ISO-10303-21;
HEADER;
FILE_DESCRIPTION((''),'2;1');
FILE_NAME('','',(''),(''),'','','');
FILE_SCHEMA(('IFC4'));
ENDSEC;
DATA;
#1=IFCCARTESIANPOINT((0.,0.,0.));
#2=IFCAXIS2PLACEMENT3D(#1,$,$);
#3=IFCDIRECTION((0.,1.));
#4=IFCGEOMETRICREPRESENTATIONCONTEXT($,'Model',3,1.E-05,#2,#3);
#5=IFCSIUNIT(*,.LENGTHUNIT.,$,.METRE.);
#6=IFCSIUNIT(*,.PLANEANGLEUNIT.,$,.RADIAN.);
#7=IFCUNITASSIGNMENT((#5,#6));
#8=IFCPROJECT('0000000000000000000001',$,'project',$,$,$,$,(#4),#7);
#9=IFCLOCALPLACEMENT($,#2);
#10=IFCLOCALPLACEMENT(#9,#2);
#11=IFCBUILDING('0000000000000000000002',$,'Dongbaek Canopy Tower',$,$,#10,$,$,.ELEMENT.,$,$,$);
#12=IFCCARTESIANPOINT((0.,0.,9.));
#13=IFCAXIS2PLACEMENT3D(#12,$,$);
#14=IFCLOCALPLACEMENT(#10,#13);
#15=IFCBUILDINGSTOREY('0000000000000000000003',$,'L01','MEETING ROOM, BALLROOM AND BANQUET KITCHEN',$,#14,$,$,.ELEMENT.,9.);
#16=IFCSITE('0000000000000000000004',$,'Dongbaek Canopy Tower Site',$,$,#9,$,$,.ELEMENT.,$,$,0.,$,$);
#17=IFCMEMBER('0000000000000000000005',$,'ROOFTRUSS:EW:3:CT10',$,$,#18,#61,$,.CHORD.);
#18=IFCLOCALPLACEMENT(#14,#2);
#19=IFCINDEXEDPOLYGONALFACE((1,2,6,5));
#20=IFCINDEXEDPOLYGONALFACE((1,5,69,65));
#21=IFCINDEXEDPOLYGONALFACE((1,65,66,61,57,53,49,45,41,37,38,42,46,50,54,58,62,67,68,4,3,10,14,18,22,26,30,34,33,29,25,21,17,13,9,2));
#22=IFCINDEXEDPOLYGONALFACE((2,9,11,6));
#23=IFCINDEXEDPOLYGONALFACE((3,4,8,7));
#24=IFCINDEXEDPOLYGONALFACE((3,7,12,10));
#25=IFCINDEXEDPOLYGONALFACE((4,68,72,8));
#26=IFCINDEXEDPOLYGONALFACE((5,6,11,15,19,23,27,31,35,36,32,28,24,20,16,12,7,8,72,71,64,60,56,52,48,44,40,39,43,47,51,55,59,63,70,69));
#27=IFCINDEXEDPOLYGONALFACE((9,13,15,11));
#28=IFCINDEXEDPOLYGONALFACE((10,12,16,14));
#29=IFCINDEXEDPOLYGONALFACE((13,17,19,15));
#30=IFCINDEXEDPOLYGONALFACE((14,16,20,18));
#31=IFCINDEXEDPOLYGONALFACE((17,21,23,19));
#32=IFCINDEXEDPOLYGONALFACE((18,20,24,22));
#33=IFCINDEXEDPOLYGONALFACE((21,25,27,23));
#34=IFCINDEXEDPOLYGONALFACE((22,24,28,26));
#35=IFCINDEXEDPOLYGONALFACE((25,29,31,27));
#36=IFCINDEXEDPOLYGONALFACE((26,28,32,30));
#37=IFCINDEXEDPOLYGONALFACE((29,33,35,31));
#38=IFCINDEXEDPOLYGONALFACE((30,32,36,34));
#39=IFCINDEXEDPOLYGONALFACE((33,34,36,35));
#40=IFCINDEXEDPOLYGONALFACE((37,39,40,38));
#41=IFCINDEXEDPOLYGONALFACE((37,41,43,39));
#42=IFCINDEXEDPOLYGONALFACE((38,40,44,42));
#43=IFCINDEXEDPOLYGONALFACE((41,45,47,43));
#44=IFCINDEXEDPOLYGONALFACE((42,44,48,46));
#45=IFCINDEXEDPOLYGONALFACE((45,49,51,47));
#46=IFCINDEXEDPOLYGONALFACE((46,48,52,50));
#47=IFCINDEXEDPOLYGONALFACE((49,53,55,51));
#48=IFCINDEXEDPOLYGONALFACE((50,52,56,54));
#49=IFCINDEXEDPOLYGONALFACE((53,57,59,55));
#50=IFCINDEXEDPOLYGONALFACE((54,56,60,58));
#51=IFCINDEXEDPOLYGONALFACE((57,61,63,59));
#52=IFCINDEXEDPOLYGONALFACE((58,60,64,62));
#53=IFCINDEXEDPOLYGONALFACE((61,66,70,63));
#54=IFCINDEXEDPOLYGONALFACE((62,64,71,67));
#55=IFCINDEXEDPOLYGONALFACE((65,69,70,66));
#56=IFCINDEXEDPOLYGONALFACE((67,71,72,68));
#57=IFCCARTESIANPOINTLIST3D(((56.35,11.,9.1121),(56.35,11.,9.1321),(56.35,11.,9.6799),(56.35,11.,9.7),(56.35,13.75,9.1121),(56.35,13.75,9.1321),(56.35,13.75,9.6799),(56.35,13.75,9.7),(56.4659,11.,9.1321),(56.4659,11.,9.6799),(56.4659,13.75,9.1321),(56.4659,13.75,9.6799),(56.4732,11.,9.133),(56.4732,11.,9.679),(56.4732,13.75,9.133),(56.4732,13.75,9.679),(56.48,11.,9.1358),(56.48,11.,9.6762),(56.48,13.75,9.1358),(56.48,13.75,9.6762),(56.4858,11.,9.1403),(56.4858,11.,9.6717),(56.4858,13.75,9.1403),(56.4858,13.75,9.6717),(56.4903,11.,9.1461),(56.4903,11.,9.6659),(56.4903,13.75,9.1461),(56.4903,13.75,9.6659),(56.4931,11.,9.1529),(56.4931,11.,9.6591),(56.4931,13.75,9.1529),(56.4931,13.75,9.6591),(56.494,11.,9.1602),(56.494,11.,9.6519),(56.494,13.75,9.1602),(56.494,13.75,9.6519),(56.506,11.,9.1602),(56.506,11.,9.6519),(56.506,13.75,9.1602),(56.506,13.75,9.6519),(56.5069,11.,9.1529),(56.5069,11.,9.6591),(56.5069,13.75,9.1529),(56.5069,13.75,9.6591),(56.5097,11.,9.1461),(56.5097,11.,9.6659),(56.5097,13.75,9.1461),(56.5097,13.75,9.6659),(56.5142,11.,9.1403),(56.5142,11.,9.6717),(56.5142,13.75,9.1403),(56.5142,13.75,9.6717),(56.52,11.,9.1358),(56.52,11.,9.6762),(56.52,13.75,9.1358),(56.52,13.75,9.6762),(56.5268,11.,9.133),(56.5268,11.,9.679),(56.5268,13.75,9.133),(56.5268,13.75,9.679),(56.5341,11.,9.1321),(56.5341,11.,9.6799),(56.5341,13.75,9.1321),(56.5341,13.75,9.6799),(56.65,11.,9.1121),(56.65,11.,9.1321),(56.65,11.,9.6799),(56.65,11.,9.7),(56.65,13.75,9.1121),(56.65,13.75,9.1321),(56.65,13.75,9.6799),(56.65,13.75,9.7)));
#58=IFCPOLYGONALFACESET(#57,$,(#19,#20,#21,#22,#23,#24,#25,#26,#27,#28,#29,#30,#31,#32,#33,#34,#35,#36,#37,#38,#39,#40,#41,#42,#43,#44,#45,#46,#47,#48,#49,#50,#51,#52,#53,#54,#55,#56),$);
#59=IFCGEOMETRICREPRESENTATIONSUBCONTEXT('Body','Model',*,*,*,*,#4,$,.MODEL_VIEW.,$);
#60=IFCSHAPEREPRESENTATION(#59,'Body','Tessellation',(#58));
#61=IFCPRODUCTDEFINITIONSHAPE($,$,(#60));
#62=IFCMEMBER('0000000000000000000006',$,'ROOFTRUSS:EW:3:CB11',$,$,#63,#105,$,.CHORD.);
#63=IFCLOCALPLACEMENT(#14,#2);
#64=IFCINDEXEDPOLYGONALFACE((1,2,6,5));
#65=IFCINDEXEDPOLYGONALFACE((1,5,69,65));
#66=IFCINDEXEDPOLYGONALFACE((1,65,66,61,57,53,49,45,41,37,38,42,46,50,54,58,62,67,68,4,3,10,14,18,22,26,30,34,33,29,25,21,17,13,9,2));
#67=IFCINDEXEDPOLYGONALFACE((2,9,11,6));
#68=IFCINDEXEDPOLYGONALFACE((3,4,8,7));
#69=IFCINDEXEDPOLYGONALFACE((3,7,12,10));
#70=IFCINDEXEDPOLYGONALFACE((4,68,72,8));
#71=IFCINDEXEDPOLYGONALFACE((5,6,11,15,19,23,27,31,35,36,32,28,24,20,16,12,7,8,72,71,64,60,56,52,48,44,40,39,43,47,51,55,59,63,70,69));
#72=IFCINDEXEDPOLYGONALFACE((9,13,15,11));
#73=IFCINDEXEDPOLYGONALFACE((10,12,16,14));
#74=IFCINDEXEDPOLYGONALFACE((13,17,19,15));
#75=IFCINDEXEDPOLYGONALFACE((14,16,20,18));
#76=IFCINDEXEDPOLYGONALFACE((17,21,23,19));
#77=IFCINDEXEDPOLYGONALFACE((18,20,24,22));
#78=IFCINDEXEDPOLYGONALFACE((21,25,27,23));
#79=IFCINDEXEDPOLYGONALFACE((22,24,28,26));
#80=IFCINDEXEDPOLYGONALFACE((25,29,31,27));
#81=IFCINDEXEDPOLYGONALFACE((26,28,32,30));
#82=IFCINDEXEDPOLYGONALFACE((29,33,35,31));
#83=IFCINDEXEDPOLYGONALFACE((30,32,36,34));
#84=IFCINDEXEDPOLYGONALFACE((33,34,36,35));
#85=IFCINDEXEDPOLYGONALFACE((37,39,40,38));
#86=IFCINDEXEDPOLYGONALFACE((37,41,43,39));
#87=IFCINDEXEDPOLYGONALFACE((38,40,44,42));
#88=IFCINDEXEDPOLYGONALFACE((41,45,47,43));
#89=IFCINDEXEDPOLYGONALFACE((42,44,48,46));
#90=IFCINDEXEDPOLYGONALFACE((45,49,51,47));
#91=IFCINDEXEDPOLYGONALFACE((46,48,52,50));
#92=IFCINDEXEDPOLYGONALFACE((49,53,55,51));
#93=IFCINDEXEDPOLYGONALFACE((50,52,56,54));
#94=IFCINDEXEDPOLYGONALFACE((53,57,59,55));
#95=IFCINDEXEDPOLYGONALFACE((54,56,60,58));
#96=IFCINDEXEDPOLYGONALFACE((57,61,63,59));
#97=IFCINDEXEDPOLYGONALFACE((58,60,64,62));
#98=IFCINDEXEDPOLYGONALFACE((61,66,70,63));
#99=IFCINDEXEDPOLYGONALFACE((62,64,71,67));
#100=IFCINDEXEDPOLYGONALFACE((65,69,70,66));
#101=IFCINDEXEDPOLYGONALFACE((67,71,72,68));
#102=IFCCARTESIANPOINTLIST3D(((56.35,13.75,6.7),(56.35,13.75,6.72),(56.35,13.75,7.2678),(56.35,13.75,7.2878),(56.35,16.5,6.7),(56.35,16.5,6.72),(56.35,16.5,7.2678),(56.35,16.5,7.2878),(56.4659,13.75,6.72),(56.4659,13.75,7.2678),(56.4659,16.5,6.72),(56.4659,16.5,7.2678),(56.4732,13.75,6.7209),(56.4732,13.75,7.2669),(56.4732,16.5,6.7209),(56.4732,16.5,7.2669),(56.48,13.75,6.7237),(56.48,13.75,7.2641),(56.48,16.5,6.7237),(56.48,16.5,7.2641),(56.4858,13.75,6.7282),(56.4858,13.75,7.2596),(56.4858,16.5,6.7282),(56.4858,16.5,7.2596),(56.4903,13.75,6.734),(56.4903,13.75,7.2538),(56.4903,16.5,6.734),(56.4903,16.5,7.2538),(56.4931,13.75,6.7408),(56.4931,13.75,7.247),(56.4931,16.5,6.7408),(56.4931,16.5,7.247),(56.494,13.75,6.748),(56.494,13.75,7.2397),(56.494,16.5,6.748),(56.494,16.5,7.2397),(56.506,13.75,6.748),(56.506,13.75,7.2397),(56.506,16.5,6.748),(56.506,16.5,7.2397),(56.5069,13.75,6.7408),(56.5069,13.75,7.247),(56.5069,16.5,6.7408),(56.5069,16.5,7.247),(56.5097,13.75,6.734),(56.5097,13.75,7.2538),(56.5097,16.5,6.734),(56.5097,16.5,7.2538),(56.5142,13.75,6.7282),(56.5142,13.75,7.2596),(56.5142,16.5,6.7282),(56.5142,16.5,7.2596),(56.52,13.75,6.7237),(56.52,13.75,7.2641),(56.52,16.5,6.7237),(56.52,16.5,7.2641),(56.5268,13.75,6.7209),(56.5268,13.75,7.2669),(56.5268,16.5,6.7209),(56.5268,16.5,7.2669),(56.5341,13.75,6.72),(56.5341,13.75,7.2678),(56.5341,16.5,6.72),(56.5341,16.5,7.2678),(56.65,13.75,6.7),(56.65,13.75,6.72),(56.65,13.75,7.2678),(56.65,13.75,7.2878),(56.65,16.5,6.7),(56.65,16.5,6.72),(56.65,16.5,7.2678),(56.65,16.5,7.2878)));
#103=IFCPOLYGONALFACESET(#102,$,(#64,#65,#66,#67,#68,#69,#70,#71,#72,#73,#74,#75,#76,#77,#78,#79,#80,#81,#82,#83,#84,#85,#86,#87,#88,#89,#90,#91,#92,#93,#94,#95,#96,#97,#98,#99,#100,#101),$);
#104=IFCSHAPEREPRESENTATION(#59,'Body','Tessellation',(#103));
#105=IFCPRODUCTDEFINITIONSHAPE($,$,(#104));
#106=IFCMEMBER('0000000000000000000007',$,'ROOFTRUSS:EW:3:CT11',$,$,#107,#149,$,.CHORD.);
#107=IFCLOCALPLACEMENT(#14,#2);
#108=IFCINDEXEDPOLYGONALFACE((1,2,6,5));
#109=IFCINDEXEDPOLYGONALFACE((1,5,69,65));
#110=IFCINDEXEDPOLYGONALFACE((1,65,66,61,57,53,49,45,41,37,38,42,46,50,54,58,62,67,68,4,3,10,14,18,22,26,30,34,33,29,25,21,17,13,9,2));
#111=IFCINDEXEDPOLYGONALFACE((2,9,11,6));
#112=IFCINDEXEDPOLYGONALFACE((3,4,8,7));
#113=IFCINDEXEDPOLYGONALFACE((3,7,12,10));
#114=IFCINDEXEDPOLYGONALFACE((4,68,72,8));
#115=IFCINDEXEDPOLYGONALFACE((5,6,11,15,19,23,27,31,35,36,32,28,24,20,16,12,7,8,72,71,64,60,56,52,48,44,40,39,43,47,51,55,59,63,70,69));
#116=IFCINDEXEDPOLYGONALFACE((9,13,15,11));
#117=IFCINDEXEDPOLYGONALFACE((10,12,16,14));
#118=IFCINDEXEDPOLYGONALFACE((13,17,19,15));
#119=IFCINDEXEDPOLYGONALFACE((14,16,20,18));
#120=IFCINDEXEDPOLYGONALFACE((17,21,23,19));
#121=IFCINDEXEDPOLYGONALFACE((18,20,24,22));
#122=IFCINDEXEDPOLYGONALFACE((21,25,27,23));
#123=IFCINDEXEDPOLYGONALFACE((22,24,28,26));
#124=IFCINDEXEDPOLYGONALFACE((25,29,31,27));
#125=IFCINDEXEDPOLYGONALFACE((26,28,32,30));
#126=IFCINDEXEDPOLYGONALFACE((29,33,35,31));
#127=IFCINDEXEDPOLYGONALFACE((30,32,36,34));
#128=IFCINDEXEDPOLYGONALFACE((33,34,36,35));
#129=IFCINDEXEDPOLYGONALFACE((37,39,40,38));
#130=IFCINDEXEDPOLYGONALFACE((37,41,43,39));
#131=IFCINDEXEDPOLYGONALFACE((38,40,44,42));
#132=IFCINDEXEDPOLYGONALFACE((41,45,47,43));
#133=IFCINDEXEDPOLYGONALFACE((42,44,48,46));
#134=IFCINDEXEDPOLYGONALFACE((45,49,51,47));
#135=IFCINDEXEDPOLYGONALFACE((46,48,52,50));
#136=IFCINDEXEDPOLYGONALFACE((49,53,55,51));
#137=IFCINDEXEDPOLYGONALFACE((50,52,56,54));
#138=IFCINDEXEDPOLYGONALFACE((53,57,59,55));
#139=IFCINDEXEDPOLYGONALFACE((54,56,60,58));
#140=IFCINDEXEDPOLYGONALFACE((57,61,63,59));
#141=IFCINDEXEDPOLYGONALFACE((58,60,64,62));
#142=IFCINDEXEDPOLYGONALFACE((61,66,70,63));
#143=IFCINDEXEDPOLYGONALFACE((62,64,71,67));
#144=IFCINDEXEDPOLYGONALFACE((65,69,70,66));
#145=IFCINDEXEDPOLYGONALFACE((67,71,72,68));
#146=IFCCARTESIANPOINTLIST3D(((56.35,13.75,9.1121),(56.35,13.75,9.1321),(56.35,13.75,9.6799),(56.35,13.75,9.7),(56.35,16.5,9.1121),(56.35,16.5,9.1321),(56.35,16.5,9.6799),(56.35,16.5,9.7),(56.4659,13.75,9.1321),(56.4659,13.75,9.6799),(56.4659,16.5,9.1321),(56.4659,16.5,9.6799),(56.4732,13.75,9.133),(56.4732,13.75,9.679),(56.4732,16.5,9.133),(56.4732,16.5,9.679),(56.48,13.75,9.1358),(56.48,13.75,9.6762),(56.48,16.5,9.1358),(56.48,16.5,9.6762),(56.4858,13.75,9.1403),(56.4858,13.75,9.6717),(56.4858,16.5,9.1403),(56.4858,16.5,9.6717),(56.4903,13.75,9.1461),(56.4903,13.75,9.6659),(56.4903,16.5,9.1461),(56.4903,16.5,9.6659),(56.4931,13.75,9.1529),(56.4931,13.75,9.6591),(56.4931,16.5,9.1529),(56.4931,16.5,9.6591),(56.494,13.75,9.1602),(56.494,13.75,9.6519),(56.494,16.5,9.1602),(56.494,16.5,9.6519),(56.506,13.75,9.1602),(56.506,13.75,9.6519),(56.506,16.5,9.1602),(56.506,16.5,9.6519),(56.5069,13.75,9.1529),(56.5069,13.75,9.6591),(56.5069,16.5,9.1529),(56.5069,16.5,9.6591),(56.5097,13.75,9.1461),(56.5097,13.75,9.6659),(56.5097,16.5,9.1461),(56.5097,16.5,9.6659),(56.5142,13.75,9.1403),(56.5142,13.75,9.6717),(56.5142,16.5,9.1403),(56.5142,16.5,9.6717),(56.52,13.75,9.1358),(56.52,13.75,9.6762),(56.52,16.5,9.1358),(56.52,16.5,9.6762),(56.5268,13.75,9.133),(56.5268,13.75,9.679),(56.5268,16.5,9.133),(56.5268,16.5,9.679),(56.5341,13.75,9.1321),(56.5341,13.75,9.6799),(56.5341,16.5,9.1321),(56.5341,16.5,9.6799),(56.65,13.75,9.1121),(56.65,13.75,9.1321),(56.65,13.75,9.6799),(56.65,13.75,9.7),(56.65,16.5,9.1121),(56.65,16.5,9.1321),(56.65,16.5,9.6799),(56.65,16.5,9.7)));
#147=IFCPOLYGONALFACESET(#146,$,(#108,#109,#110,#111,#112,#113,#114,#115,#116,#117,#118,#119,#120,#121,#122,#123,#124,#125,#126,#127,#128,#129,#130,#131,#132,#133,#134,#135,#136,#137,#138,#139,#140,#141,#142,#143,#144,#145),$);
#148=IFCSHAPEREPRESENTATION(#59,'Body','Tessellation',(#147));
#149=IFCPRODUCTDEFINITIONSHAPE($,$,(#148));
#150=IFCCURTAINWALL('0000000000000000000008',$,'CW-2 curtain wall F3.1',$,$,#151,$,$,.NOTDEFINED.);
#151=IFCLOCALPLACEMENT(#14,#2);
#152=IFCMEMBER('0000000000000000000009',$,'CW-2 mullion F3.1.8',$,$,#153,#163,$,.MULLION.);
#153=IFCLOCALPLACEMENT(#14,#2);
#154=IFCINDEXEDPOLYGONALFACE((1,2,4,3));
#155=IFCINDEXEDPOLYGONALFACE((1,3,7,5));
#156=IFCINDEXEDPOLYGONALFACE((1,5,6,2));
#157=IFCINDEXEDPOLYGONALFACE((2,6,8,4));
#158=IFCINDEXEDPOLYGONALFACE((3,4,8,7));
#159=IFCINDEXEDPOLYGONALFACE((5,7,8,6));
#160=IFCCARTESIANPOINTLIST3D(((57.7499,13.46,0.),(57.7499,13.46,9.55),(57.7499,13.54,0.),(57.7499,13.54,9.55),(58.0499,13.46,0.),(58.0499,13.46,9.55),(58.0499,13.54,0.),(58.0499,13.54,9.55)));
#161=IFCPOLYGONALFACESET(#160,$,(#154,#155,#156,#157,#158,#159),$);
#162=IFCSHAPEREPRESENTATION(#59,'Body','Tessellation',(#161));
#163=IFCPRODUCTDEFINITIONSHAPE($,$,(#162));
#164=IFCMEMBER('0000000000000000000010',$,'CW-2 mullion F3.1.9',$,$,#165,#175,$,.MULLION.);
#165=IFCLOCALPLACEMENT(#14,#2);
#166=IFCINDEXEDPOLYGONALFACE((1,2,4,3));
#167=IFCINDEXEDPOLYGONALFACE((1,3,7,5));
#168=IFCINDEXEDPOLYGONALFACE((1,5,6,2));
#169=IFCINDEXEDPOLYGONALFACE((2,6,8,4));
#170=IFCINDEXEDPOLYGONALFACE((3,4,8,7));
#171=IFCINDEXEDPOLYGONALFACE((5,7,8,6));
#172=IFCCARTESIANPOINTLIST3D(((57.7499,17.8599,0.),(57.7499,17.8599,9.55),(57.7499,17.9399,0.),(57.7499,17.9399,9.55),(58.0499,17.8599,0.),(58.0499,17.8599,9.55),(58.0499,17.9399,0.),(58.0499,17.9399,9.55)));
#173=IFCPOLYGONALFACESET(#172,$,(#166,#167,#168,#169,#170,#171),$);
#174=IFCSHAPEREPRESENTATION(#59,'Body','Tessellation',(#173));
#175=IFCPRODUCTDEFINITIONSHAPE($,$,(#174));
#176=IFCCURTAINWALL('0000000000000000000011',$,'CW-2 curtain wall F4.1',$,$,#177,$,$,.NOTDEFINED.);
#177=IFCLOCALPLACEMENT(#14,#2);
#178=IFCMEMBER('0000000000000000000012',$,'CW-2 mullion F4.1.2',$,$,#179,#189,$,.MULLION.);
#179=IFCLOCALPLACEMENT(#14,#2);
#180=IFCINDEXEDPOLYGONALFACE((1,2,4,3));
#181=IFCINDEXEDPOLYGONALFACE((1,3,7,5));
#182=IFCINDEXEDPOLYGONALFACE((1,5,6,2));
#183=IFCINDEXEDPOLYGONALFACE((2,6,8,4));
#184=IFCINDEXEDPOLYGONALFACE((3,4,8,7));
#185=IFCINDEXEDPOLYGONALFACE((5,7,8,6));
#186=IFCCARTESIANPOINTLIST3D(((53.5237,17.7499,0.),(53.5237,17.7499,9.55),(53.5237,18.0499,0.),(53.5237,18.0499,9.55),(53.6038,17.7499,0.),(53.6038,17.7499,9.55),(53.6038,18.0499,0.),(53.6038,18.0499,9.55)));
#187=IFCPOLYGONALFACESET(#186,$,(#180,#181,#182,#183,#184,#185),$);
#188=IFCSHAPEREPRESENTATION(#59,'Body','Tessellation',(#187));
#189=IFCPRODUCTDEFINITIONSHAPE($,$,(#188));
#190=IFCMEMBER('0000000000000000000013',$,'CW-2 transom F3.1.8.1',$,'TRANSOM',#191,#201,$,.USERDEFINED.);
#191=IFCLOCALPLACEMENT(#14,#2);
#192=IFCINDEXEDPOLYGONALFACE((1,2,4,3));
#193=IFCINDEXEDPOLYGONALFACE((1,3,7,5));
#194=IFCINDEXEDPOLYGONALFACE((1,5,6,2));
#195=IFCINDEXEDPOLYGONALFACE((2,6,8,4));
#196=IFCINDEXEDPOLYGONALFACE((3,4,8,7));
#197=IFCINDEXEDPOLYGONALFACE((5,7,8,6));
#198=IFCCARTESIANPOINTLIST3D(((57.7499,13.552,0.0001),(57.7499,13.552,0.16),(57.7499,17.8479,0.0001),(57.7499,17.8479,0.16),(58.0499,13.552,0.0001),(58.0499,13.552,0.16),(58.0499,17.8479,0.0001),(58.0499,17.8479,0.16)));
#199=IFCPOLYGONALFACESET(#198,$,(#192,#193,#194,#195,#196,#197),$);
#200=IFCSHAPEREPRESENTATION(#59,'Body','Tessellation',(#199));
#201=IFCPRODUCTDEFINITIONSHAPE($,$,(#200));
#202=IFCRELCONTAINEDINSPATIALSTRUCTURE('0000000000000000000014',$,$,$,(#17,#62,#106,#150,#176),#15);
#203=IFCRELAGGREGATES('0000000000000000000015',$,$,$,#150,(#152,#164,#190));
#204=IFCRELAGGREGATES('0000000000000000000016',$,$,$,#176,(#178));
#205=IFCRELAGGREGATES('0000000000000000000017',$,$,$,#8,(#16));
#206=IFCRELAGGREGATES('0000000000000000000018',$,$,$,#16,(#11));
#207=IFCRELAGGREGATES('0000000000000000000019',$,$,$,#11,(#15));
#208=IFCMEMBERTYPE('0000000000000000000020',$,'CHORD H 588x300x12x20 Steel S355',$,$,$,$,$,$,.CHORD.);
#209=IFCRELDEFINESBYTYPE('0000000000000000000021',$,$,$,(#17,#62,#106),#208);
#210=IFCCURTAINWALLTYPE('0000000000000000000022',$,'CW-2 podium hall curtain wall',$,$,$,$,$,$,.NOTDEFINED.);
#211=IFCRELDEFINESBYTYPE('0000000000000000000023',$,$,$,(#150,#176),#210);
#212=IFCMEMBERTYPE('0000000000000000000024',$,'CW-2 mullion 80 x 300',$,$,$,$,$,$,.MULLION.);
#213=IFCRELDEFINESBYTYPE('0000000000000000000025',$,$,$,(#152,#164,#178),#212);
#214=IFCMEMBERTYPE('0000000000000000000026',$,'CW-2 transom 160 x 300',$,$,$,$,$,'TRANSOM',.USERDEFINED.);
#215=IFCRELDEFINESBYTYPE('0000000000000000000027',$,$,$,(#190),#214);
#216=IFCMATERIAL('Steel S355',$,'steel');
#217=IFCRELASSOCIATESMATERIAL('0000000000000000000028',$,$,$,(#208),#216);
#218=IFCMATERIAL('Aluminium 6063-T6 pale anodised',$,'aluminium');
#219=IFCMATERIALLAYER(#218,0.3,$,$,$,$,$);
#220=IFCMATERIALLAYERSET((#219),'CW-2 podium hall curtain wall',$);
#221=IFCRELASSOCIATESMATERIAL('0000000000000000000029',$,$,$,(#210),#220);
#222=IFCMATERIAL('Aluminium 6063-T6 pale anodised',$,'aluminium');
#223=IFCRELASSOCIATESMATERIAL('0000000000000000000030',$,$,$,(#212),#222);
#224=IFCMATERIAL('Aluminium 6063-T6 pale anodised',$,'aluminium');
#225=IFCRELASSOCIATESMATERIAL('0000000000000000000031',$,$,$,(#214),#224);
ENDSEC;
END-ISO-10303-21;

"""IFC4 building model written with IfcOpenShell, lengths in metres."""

from ifc_helpers import new_model, si_unit, direction, frame, origin, origin_2d, place, context, subcontext, project, spatial, rectangle, i_section, extrude, material, layer, layer_set, material_profile, profile_set, type_object, element, aggregate, save


model = new_model("IFC4")

# Units and contexts
model_context = context("Model", 3, precision=1e-05, world=origin(), true_north=direction((0.0, 1.0)))
body_context = subcontext(model_context, "Body", "Model", "MODEL_VIEW")
ifc_project = project(units=[si_unit("LENGTHUNIT", "METRE"), si_unit("PLANEANGLEUNIT", "RADIAN")], contexts=[model_context])

# Site, building, storey
site_placement = place(None, origin())
site = spatial("IfcSite", under=ifc_project, at=site_placement, Name="Dongbaek Canopy Tower Site", CompositionType="ELEMENT", RefElevation=0.0)
building_placement = place(site_placement, origin())
building = spatial("IfcBuilding", under=site, at=building_placement, Name="Dongbaek Canopy Tower", CompositionType="ELEMENT")
storey_placement = place(building_placement, frame((0.0, 0.0, 9.0)))
storey = spatial("IfcBuildingStorey", under=building, at=storey_placement, Name="L01", Description="MEETING ROOM, BALLROOM AND BANQUET KITCHEN", CompositionType="ELEMENT", Elevation=9.0)

# Members
ifc_material_1 = material(Name="Steel S355", Category="steel")
ifc_material_profile_1 = material_profile(ifc_material_1, i_section(OverallWidth=0.3, OverallDepth=0.5879, WebThickness=0.012, FlangeThickness=0.02, FilletRadius=0.0281, at=origin_2d()), Name="CHORD H 588x300x12x20 Steel S355")
ifc_profile_set_1 = profile_set([ifc_material_profile_1], Name="Steel S355")
member_type_1 = type_object("IfcMemberType", Name="CHORD H 588x300x12x20 Steel S355", PredefinedType="CHORD", material=ifc_profile_set_1)
for number, where, z_axis, x_axis, name in (
    (1, (56.5, 11.0, 9.406), (0.0, 1.0, 0.0), (-1.0, 0.0, 0.0), "ROOFTRUSS:EW:3:CT10"),
    (2, (56.5, 13.75, 6.9939), (0.0, 1.0, 0.0), (-1.0, 0.0, 0.0), "ROOFTRUSS:EW:3:CB11"),
    (3, (56.5, 13.75, 9.406), (0.0, 1.0, 0.0), (-1.0, 0.0, 0.0), "ROOFTRUSS:EW:3:CT11"),
):
    element("IfcMember", number, at=place(storey_placement, frame(where, z_axis=z_axis, x_axis=x_axis)), inside=storey, type_object=member_type_1, Name=name, PredefinedType="CHORD", context=body_context, shape_type="SweptSolid", body=[
        extrude(i_section(OverallWidth=0.3, OverallDepth=0.5879, WebThickness=0.012, FlangeThickness=0.02, FilletRadius=0.0281, at=origin_2d()), origin(), (0.0, 0.0, 1.0), 2.75),
    ])

# Curtain wall, members
ifc_material_2 = material(Name="Aluminium 6063-T6 pale anodised", Category="aluminium")
ifc_layer_1 = layer(ifc_material_2, 0.3)
ifc_layer_set_1 = layer_set([ifc_layer_1], Name="CW-2 podium hall curtain wall")
curtain_wall_type = type_object("IfcCurtainWallType", Name="CW-2 podium hall curtain wall", PredefinedType="NOTDEFINED", material=ifc_layer_set_1)
curtain_wall_1_placement = place(storey_placement, origin())
curtain_wall_1 = element("IfcCurtainWall", 4, at=curtain_wall_1_placement, inside=storey, type_object=curtain_wall_type, Name="CW-2 curtain wall F3.1", PredefinedType="NOTDEFINED")
ifc_material_3 = material(Name="Aluminium 6063-T6 pale anodised", Category="aluminium")
ifc_material_profile_2 = material_profile(ifc_material_3, rectangle(XDim=0.3, YDim=0.0801, at=origin_2d()), Name="CW-2 mullion 80 x 300")
ifc_profile_set_2 = profile_set([ifc_material_profile_2], Name="Aluminium 6063-T6 pale anodised")
member_type_2 = type_object("IfcMemberType", Name="CW-2 mullion 80 x 300", PredefinedType="MULLION", material=ifc_profile_set_2)
member_1_placement = place(storey_placement, frame((57.8999, 13.5, 0.0), z_axis=(0.0, 0.0, 1.0), x_axis=(1.0, 0.0, 0.0)))
member_1 = element("IfcMember", 5, at=member_1_placement, type_object=member_type_2, Name="CW-2 mullion F3.1.8", PredefinedType="MULLION", context=body_context, shape_type="SweptSolid", body=[
    extrude(rectangle(XDim=0.3, YDim=0.0801, at=origin_2d()), origin(), (0.0, 0.0, 1.0), 9.55),
])
member_2_placement = place(storey_placement, frame((57.8999, 17.8999, 0.0), z_axis=(0.0, 0.0, 1.0), x_axis=(1.0, 0.0, 0.0)))
member_2 = element("IfcMember", 6, at=member_2_placement, type_object=member_type_2, Name="CW-2 mullion F3.1.9", PredefinedType="MULLION", context=body_context, shape_type="SweptSolid", body=[
    extrude(rectangle(XDim=0.3, YDim=0.0801, at=origin_2d()), origin(), (0.0, 0.0, 1.0), 9.55),
])

# Curtain wall, member
curtain_wall_2_placement = place(storey_placement, origin())
curtain_wall_2 = element("IfcCurtainWall", 7, at=curtain_wall_2_placement, inside=storey, type_object=curtain_wall_type, Name="CW-2 curtain wall F4.1", PredefinedType="NOTDEFINED")
member_3_placement = place(storey_placement, frame((53.5637, 17.8999, 0.0), z_axis=(0.0, 0.0, 1.0), x_axis=(0.0, 1.0, 0.0)))
member_3 = element("IfcMember", 8, at=member_3_placement, type_object=member_type_2, Name="CW-2 mullion F4.1.2", PredefinedType="MULLION", context=body_context, shape_type="SweptSolid", body=[
    extrude(rectangle(XDim=0.3, YDim=0.0801, at=origin_2d()), origin(), (0.0, 0.0, 1.0), 9.55),
])

# Member
ifc_material_4 = material(Name="Aluminium 6063-T6 pale anodised", Category="aluminium")
ifc_material_profile_3 = material_profile(ifc_material_4, rectangle(XDim=0.3, YDim=0.1599, at=origin_2d()), Name="CW-2 transom 160 x 300")
ifc_profile_set_3 = profile_set([ifc_material_profile_3], Name="Aluminium 6063-T6 pale anodised")
member_type_3 = type_object("IfcMemberType", Name="CW-2 transom 160 x 300", ElementType="TRANSOM", PredefinedType="USERDEFINED", material=ifc_profile_set_3)
member_4_placement = place(storey_placement, frame((57.8999, 13.552, 0.0801), z_axis=(0.0, 1.0, 0.0), x_axis=(-1.0, 0.0, 0.0)))
member_4 = element("IfcMember", 9, at=member_4_placement, type_object=member_type_3, Name="CW-2 transom F3.1.8.1", ObjectType="TRANSOM", PredefinedType="USERDEFINED", context=body_context, shape_type="SweptSolid", body=[
    extrude(rectangle(XDim=0.3, YDim=0.1599, at=origin_2d()), origin(), (0.0, 0.0, 1.0), 4.2959),
])

aggregate(curtain_wall_1, [member_1, member_2, member_4])
aggregate(curtain_wall_2, [member_3])

save(model, "model.ifc")
